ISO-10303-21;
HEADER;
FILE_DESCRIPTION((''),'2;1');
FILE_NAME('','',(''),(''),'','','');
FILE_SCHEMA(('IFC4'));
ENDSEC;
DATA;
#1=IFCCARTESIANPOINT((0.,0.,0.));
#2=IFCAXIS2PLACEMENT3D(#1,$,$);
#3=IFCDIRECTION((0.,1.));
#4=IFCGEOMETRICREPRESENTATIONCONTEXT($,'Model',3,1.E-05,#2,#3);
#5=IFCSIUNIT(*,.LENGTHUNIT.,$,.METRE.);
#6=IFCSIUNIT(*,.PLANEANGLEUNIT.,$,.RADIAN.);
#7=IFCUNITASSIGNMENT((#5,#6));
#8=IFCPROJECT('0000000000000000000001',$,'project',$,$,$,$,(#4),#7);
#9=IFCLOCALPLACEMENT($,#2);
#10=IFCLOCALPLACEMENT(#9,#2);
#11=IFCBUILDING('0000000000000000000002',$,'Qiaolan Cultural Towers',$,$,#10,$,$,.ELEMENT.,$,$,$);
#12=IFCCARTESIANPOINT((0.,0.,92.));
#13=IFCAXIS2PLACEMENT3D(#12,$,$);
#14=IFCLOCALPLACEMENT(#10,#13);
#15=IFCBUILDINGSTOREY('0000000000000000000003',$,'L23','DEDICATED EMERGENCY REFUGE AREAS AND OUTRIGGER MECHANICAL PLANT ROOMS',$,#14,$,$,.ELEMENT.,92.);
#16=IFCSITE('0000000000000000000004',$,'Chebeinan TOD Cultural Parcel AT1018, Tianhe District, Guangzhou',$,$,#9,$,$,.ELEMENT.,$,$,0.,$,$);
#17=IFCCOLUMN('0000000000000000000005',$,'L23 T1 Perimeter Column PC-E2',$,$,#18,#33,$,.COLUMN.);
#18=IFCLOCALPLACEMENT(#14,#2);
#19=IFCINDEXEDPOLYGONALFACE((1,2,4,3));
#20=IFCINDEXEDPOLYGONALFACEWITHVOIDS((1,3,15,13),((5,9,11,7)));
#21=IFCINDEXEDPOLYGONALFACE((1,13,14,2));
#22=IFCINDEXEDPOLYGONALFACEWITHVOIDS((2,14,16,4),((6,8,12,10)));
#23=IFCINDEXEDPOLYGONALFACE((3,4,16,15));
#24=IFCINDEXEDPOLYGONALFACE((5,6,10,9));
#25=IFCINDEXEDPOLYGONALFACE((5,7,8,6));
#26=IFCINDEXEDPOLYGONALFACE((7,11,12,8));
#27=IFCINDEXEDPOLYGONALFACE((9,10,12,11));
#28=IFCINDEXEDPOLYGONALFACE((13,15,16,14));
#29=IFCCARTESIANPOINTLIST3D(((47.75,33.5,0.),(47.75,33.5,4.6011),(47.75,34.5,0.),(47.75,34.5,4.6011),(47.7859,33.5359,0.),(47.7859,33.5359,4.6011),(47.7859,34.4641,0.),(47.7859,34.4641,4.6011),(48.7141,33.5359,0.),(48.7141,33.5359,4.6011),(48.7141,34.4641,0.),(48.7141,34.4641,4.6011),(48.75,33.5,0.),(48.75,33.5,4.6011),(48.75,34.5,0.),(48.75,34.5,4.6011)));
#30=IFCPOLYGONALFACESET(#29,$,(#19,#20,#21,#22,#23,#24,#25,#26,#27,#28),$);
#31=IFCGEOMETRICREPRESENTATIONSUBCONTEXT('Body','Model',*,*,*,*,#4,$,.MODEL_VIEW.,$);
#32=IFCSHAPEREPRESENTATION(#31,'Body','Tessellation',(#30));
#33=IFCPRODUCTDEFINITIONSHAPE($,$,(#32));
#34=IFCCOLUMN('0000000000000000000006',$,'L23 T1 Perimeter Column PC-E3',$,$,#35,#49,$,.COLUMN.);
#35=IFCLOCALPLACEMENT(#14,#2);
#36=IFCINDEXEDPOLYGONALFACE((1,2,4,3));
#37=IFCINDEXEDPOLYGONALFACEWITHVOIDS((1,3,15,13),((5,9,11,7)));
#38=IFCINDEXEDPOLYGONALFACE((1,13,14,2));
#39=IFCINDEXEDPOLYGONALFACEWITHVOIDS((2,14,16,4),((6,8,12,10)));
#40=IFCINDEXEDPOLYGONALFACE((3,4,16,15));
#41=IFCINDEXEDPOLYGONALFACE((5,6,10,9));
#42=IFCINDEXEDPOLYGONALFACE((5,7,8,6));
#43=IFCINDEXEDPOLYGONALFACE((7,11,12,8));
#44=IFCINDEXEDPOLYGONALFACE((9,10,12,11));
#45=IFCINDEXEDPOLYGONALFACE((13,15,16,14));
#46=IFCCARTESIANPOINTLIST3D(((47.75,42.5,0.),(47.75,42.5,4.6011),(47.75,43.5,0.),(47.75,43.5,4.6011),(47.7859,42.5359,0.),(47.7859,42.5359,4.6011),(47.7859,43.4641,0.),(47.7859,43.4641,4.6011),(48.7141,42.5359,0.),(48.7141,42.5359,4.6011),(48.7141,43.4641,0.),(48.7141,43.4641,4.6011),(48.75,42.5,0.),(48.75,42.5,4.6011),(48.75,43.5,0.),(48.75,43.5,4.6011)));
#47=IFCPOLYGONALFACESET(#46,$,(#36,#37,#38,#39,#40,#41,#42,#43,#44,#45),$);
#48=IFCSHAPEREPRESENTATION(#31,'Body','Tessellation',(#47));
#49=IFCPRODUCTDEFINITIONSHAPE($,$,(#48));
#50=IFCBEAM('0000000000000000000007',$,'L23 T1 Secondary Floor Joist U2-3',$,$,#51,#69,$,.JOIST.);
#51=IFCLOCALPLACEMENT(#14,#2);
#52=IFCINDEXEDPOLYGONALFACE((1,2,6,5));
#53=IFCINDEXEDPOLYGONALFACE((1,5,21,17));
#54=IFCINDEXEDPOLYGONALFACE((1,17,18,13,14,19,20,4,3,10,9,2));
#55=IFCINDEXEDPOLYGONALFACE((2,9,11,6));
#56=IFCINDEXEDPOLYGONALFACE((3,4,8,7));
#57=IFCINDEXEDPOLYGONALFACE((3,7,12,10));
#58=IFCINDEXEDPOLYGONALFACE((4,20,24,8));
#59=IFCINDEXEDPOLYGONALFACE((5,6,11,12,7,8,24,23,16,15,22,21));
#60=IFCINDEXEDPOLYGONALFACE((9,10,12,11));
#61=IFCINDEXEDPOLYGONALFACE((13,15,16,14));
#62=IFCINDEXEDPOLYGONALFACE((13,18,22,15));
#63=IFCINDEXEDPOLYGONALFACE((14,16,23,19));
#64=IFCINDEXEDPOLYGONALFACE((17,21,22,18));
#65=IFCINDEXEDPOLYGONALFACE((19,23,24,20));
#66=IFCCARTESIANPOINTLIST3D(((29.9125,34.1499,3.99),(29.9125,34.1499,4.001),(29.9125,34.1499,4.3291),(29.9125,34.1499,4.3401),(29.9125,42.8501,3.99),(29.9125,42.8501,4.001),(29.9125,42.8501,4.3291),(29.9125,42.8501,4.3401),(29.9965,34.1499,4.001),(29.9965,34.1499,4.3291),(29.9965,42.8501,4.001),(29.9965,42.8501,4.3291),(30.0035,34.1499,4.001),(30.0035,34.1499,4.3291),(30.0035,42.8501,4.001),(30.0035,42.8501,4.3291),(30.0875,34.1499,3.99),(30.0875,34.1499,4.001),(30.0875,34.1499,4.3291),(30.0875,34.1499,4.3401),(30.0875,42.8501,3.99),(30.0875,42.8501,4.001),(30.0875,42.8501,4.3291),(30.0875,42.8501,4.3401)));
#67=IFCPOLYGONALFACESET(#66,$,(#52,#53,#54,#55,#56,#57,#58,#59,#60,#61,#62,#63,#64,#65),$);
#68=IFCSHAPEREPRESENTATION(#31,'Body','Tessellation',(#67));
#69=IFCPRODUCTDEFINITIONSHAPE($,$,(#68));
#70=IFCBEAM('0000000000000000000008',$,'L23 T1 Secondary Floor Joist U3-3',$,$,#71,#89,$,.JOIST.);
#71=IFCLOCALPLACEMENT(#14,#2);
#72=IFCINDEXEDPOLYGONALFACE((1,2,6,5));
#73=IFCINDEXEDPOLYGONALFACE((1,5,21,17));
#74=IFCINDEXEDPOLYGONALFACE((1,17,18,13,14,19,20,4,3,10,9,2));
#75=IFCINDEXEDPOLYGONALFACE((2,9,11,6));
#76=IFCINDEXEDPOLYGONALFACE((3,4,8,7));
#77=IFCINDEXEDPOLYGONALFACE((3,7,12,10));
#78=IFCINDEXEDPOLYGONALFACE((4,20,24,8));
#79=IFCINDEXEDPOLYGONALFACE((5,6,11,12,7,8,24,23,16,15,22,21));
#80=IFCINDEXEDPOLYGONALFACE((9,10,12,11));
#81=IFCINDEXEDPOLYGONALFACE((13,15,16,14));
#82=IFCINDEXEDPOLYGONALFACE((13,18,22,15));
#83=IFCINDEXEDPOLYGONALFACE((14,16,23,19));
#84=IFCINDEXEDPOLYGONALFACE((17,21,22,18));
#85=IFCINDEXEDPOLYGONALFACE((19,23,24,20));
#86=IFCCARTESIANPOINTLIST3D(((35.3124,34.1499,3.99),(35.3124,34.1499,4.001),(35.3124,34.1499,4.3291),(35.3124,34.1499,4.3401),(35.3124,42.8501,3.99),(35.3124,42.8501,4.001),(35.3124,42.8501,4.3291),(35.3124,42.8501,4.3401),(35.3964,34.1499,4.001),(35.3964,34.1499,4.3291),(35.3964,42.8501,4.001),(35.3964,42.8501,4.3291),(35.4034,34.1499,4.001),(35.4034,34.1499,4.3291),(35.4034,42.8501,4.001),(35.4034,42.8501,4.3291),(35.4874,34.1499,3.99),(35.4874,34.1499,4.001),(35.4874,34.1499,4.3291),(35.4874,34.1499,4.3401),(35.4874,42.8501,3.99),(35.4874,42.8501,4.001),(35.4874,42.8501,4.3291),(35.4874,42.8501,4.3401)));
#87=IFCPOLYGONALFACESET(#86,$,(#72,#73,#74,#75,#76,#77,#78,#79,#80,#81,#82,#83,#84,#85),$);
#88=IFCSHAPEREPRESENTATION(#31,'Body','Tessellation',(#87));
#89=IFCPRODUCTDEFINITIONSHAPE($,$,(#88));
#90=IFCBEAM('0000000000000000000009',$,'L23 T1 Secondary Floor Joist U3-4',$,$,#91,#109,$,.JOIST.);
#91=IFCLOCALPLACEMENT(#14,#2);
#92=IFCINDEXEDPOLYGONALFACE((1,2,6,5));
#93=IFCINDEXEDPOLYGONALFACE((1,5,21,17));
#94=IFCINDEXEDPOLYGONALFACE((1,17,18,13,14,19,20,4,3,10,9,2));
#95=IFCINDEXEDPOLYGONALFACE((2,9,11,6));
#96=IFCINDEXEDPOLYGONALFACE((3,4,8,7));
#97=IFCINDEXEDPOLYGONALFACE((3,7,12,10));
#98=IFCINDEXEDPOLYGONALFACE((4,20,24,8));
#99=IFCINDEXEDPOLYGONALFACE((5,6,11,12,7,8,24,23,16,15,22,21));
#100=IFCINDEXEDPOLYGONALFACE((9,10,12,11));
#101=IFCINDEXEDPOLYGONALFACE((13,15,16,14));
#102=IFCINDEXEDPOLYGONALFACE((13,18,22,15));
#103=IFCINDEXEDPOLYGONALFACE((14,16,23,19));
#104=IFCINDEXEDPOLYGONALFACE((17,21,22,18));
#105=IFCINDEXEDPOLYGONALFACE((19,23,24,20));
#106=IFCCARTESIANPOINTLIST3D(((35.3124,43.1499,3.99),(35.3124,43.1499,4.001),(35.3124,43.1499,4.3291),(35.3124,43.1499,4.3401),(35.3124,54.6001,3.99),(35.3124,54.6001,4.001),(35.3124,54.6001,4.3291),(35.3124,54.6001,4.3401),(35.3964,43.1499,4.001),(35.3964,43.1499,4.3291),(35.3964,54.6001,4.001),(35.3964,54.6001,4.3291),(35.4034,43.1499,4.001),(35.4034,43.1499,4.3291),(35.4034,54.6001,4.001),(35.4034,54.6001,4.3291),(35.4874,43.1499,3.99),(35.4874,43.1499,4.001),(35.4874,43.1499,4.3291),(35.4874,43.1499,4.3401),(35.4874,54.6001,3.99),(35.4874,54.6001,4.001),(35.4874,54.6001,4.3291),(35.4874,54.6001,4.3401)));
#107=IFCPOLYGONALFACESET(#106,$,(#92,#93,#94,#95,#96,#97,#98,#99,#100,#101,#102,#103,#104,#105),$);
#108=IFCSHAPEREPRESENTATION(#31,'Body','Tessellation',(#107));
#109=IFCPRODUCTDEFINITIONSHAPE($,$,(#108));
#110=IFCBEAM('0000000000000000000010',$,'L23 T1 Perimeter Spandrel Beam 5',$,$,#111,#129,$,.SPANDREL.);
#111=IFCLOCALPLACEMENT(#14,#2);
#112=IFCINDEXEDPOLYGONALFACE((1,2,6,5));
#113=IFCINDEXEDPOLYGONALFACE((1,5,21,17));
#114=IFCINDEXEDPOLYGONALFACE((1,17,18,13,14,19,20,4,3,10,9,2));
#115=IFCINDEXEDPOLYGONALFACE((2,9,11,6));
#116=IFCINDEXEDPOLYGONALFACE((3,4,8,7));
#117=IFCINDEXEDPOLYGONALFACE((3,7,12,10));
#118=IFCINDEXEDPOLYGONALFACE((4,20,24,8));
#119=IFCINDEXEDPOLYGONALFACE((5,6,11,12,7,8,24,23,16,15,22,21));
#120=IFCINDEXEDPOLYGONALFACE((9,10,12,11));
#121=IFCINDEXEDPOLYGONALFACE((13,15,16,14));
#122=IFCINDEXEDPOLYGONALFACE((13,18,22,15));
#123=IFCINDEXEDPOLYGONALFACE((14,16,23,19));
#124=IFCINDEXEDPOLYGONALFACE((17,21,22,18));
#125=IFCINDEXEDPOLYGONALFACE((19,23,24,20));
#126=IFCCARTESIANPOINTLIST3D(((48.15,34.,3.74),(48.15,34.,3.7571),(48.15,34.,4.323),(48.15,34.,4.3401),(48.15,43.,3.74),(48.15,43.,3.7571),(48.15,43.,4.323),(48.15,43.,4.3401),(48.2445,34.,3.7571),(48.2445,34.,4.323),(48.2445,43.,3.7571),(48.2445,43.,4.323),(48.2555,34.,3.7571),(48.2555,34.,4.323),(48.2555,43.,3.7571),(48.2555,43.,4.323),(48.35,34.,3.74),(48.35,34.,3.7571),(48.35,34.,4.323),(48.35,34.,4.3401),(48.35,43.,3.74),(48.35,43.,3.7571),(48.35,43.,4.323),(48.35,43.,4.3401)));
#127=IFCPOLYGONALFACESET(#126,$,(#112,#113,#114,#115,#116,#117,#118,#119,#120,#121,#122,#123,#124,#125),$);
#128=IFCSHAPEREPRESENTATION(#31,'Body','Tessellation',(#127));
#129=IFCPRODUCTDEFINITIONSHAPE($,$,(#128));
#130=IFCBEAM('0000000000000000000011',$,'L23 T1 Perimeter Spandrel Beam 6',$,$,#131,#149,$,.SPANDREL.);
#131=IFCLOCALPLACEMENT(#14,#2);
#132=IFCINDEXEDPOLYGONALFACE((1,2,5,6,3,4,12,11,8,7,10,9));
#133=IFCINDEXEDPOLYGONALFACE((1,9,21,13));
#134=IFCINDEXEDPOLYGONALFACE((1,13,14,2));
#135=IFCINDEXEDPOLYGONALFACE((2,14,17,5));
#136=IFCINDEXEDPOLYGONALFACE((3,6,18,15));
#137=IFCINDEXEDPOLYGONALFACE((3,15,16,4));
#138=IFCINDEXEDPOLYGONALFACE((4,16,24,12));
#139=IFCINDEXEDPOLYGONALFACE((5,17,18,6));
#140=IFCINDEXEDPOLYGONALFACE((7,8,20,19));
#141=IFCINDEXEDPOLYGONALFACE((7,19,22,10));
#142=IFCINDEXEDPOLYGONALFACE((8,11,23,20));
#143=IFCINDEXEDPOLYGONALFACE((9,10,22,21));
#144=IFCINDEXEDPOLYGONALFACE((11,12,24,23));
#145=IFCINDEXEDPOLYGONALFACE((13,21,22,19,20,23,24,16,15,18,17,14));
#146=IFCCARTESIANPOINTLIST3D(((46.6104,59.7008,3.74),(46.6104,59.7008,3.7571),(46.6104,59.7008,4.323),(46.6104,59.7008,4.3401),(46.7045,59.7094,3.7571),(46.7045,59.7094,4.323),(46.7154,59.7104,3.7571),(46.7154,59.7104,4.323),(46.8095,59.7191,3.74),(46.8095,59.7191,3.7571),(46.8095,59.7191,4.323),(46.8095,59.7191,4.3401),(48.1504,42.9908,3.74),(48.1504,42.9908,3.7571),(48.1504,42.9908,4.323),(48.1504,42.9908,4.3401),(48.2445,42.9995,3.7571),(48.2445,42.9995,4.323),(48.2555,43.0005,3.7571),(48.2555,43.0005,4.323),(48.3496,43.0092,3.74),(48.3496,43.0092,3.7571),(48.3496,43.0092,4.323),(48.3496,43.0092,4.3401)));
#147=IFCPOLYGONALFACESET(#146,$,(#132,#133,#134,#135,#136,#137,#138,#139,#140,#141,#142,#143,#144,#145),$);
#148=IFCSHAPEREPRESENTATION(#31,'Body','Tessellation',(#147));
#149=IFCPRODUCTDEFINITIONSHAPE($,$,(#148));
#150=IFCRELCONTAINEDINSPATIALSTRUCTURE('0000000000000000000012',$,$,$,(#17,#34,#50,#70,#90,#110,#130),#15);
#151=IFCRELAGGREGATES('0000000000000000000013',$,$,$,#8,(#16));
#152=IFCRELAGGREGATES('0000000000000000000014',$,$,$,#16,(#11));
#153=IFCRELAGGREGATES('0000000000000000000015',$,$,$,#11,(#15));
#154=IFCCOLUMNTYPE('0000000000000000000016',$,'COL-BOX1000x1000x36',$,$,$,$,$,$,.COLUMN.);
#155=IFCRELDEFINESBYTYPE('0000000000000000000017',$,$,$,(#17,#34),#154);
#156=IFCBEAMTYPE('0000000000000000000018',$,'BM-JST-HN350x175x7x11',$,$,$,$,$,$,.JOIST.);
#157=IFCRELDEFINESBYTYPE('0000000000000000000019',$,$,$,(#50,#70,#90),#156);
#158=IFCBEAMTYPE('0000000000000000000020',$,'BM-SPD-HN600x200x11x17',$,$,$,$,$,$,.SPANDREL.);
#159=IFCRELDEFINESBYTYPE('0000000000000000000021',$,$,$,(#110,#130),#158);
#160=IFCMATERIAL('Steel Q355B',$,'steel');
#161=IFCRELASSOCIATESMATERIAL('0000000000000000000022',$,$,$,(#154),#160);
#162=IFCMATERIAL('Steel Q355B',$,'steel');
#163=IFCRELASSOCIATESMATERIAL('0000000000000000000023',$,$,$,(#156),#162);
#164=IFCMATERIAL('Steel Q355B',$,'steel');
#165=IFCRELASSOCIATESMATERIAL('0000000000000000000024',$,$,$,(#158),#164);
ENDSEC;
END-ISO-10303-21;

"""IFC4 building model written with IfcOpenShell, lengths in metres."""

from ifc_helpers import new_model, si_unit, direction, frame, origin, origin_2d, place, context, subcontext, project, spatial, hollow_rectangle, i_section, extrude, material, material_profile, profile_set, type_object, element, save


model = new_model("IFC4")

# Units and contexts
model_context = context("Model", 3, precision=1e-05, world=origin(), true_north=direction((0.0, 1.0)))
body_context = subcontext(model_context, "Body", "Model", "MODEL_VIEW")
ifc_project = project(units=[si_unit("LENGTHUNIT", "METRE"), si_unit("PLANEANGLEUNIT", "RADIAN")], contexts=[model_context])

# Site, building, storey
site_placement = place(None, origin())
site = spatial("IfcSite", under=ifc_project, at=site_placement, Name="Chebeinan TOD Cultural Parcel AT1018, Tianhe District, Guangzhou", CompositionType="ELEMENT", RefElevation=0.0)
building_placement = place(site_placement, origin())
building = spatial("IfcBuilding", under=site, at=building_placement, Name="Qiaolan Cultural Towers", CompositionType="ELEMENT")
storey_placement = place(building_placement, frame((0.0, 0.0, 92.0)))
storey = spatial("IfcBuildingStorey", under=building, at=storey_placement, Name="L23", Description="DEDICATED EMERGENCY REFUGE AREAS AND OUTRIGGER MECHANICAL PLANT ROOMS", CompositionType="ELEMENT", Elevation=92.0)

# Columns
ifc_material_1 = material(Name="Steel Q355B", Category="steel")
ifc_material_profile_1 = material_profile(ifc_material_1, hollow_rectangle(XDim=1.0, YDim=1.0, WallThickness=0.0359, at=origin_2d()), Name="BOX1000x1000x36")
ifc_profile_set_1 = profile_set([ifc_material_profile_1], Name="Steel Q355B")
column_type = type_object("IfcColumnType", Name="COL-BOX1000x1000x36", PredefinedType="COLUMN", material=ifc_profile_set_1)
for number, where, z_axis, x_axis, name in (
    (1, (48.25, 34.0, 0.0), (0.0, 0.0, 1.0), (1.0, 0.0, 0.0), "L23 T1 Perimeter Column PC-E2"),
    (2, (48.25, 43.0, 0.0), (0.0, 0.0, 1.0), (1.0, 0.0, 0.0), "L23 T1 Perimeter Column PC-E3"),
):
    element("IfcColumn", number, at=place(storey_placement, frame(where, z_axis=z_axis, x_axis=x_axis)), inside=storey, type_object=column_type, Name=name, PredefinedType="COLUMN", context=body_context, shape_type="SweptSolid", body=[
        extrude(hollow_rectangle(XDim=1.0, YDim=1.0, WallThickness=0.0359, at=origin_2d()), origin(), (0.0, 0.0, 1.0), 4.6011),
    ])

# Beams
ifc_material_2 = material(Name="Steel Q355B", Category="steel")
ifc_material_profile_2 = material_profile(ifc_material_2, i_section(OverallWidth=0.175, OverallDepth=0.3501, WebThickness=0.0071, FlangeThickness=0.011, at=origin_2d()), Name="HN350x175x7x11")
ifc_profile_set_2 = profile_set([ifc_material_profile_2], Name="Steel Q355B")
beam_type_1 = type_object("IfcBeamType", Name="BM-JST-HN350x175x7x11", PredefinedType="JOIST", material=ifc_profile_set_2)
for number, where, z_axis, x_axis, name in (
    (3, (30.0, 34.1499, 4.165), (0.0, 1.0, 0.0), (-1.0, 0.0, 0.0), "L23 T1 Secondary Floor Joist U2-3"),
    (4, (35.3999, 34.1499, 4.165), (0.0, 1.0, 0.0), (-1.0, 0.0, 0.0), "L23 T1 Secondary Floor Joist U3-3"),
):
    element("IfcBeam", number, at=place(storey_placement, frame(where, z_axis=z_axis, x_axis=x_axis)), inside=storey, type_object=beam_type_1, Name=name, PredefinedType="JOIST", context=body_context, shape_type="SweptSolid", body=[
        extrude(i_section(OverallWidth=0.175, OverallDepth=0.3501, WebThickness=0.0071, FlangeThickness=0.011, at=origin_2d()), origin(), (0.0, 0.0, 1.0), 8.7002),
    ])
beam_1_placement = place(storey_placement, frame((35.3999, 43.1499, 4.165), z_axis=(0.0, 1.0, 0.0), x_axis=(-1.0, 0.0, 0.0)))
element("IfcBeam", 5, at=beam_1_placement, inside=storey, type_object=beam_type_1, Name="L23 T1 Secondary Floor Joist U3-4", PredefinedType="JOIST", context=body_context, shape_type="SweptSolid", body=[
    extrude(i_section(OverallWidth=0.175, OverallDepth=0.3501, WebThickness=0.0071, FlangeThickness=0.011, at=origin_2d()), origin(), (0.0, 0.0, 1.0), 11.4502),
])
ifc_material_3 = material(Name="Steel Q355B", Category="steel")
ifc_material_profile_3 = material_profile(ifc_material_3, i_section(OverallWidth=0.2, OverallDepth=0.6001, WebThickness=0.011, FlangeThickness=0.0171, at=origin_2d()), Name="HN600x200x11x17")
ifc_profile_set_3 = profile_set([ifc_material_profile_3], Name="Steel Q355B")
beam_type_2 = type_object("IfcBeamType", Name="BM-SPD-HN600x200x11x17", PredefinedType="SPANDREL", material=ifc_profile_set_3)
beam_2_placement = place(storey_placement, frame((48.25, 34.0, 4.04), z_axis=(0.0, 1.0, 0.0), x_axis=(-1.0, 0.0, 0.0)))
element("IfcBeam", 6, at=beam_2_placement, inside=storey, type_object=beam_type_2, Name="L23 T1 Perimeter Spandrel Beam 5", PredefinedType="SPANDREL", context=body_context, shape_type="SweptSolid", body=[
    extrude(i_section(OverallWidth=0.2, OverallDepth=0.6001, WebThickness=0.011, FlangeThickness=0.0171, at=origin_2d()), origin(), (0.0, 0.0, 1.0), 9.0),
])
beam_3_placement = place(storey_placement, frame((48.25, 43.0, 4.04), z_axis=(-0.091774, 0.99578, 0.0), x_axis=(-0.99578, -0.091774, 0.0)))
element("IfcBeam", 7, at=beam_3_placement, inside=storey, type_object=beam_type_2, Name="L23 T1 Perimeter Spandrel Beam 6", PredefinedType="SPANDREL", context=body_context, shape_type="SweptSolid", body=[
    extrude(i_section(OverallWidth=0.2, OverallDepth=0.6001, WebThickness=0.011, FlangeThickness=0.0171, at=origin_2d()), origin(), (0.0, 0.0, 1.0), 16.7808),
])

save(model, "model.ifc")
